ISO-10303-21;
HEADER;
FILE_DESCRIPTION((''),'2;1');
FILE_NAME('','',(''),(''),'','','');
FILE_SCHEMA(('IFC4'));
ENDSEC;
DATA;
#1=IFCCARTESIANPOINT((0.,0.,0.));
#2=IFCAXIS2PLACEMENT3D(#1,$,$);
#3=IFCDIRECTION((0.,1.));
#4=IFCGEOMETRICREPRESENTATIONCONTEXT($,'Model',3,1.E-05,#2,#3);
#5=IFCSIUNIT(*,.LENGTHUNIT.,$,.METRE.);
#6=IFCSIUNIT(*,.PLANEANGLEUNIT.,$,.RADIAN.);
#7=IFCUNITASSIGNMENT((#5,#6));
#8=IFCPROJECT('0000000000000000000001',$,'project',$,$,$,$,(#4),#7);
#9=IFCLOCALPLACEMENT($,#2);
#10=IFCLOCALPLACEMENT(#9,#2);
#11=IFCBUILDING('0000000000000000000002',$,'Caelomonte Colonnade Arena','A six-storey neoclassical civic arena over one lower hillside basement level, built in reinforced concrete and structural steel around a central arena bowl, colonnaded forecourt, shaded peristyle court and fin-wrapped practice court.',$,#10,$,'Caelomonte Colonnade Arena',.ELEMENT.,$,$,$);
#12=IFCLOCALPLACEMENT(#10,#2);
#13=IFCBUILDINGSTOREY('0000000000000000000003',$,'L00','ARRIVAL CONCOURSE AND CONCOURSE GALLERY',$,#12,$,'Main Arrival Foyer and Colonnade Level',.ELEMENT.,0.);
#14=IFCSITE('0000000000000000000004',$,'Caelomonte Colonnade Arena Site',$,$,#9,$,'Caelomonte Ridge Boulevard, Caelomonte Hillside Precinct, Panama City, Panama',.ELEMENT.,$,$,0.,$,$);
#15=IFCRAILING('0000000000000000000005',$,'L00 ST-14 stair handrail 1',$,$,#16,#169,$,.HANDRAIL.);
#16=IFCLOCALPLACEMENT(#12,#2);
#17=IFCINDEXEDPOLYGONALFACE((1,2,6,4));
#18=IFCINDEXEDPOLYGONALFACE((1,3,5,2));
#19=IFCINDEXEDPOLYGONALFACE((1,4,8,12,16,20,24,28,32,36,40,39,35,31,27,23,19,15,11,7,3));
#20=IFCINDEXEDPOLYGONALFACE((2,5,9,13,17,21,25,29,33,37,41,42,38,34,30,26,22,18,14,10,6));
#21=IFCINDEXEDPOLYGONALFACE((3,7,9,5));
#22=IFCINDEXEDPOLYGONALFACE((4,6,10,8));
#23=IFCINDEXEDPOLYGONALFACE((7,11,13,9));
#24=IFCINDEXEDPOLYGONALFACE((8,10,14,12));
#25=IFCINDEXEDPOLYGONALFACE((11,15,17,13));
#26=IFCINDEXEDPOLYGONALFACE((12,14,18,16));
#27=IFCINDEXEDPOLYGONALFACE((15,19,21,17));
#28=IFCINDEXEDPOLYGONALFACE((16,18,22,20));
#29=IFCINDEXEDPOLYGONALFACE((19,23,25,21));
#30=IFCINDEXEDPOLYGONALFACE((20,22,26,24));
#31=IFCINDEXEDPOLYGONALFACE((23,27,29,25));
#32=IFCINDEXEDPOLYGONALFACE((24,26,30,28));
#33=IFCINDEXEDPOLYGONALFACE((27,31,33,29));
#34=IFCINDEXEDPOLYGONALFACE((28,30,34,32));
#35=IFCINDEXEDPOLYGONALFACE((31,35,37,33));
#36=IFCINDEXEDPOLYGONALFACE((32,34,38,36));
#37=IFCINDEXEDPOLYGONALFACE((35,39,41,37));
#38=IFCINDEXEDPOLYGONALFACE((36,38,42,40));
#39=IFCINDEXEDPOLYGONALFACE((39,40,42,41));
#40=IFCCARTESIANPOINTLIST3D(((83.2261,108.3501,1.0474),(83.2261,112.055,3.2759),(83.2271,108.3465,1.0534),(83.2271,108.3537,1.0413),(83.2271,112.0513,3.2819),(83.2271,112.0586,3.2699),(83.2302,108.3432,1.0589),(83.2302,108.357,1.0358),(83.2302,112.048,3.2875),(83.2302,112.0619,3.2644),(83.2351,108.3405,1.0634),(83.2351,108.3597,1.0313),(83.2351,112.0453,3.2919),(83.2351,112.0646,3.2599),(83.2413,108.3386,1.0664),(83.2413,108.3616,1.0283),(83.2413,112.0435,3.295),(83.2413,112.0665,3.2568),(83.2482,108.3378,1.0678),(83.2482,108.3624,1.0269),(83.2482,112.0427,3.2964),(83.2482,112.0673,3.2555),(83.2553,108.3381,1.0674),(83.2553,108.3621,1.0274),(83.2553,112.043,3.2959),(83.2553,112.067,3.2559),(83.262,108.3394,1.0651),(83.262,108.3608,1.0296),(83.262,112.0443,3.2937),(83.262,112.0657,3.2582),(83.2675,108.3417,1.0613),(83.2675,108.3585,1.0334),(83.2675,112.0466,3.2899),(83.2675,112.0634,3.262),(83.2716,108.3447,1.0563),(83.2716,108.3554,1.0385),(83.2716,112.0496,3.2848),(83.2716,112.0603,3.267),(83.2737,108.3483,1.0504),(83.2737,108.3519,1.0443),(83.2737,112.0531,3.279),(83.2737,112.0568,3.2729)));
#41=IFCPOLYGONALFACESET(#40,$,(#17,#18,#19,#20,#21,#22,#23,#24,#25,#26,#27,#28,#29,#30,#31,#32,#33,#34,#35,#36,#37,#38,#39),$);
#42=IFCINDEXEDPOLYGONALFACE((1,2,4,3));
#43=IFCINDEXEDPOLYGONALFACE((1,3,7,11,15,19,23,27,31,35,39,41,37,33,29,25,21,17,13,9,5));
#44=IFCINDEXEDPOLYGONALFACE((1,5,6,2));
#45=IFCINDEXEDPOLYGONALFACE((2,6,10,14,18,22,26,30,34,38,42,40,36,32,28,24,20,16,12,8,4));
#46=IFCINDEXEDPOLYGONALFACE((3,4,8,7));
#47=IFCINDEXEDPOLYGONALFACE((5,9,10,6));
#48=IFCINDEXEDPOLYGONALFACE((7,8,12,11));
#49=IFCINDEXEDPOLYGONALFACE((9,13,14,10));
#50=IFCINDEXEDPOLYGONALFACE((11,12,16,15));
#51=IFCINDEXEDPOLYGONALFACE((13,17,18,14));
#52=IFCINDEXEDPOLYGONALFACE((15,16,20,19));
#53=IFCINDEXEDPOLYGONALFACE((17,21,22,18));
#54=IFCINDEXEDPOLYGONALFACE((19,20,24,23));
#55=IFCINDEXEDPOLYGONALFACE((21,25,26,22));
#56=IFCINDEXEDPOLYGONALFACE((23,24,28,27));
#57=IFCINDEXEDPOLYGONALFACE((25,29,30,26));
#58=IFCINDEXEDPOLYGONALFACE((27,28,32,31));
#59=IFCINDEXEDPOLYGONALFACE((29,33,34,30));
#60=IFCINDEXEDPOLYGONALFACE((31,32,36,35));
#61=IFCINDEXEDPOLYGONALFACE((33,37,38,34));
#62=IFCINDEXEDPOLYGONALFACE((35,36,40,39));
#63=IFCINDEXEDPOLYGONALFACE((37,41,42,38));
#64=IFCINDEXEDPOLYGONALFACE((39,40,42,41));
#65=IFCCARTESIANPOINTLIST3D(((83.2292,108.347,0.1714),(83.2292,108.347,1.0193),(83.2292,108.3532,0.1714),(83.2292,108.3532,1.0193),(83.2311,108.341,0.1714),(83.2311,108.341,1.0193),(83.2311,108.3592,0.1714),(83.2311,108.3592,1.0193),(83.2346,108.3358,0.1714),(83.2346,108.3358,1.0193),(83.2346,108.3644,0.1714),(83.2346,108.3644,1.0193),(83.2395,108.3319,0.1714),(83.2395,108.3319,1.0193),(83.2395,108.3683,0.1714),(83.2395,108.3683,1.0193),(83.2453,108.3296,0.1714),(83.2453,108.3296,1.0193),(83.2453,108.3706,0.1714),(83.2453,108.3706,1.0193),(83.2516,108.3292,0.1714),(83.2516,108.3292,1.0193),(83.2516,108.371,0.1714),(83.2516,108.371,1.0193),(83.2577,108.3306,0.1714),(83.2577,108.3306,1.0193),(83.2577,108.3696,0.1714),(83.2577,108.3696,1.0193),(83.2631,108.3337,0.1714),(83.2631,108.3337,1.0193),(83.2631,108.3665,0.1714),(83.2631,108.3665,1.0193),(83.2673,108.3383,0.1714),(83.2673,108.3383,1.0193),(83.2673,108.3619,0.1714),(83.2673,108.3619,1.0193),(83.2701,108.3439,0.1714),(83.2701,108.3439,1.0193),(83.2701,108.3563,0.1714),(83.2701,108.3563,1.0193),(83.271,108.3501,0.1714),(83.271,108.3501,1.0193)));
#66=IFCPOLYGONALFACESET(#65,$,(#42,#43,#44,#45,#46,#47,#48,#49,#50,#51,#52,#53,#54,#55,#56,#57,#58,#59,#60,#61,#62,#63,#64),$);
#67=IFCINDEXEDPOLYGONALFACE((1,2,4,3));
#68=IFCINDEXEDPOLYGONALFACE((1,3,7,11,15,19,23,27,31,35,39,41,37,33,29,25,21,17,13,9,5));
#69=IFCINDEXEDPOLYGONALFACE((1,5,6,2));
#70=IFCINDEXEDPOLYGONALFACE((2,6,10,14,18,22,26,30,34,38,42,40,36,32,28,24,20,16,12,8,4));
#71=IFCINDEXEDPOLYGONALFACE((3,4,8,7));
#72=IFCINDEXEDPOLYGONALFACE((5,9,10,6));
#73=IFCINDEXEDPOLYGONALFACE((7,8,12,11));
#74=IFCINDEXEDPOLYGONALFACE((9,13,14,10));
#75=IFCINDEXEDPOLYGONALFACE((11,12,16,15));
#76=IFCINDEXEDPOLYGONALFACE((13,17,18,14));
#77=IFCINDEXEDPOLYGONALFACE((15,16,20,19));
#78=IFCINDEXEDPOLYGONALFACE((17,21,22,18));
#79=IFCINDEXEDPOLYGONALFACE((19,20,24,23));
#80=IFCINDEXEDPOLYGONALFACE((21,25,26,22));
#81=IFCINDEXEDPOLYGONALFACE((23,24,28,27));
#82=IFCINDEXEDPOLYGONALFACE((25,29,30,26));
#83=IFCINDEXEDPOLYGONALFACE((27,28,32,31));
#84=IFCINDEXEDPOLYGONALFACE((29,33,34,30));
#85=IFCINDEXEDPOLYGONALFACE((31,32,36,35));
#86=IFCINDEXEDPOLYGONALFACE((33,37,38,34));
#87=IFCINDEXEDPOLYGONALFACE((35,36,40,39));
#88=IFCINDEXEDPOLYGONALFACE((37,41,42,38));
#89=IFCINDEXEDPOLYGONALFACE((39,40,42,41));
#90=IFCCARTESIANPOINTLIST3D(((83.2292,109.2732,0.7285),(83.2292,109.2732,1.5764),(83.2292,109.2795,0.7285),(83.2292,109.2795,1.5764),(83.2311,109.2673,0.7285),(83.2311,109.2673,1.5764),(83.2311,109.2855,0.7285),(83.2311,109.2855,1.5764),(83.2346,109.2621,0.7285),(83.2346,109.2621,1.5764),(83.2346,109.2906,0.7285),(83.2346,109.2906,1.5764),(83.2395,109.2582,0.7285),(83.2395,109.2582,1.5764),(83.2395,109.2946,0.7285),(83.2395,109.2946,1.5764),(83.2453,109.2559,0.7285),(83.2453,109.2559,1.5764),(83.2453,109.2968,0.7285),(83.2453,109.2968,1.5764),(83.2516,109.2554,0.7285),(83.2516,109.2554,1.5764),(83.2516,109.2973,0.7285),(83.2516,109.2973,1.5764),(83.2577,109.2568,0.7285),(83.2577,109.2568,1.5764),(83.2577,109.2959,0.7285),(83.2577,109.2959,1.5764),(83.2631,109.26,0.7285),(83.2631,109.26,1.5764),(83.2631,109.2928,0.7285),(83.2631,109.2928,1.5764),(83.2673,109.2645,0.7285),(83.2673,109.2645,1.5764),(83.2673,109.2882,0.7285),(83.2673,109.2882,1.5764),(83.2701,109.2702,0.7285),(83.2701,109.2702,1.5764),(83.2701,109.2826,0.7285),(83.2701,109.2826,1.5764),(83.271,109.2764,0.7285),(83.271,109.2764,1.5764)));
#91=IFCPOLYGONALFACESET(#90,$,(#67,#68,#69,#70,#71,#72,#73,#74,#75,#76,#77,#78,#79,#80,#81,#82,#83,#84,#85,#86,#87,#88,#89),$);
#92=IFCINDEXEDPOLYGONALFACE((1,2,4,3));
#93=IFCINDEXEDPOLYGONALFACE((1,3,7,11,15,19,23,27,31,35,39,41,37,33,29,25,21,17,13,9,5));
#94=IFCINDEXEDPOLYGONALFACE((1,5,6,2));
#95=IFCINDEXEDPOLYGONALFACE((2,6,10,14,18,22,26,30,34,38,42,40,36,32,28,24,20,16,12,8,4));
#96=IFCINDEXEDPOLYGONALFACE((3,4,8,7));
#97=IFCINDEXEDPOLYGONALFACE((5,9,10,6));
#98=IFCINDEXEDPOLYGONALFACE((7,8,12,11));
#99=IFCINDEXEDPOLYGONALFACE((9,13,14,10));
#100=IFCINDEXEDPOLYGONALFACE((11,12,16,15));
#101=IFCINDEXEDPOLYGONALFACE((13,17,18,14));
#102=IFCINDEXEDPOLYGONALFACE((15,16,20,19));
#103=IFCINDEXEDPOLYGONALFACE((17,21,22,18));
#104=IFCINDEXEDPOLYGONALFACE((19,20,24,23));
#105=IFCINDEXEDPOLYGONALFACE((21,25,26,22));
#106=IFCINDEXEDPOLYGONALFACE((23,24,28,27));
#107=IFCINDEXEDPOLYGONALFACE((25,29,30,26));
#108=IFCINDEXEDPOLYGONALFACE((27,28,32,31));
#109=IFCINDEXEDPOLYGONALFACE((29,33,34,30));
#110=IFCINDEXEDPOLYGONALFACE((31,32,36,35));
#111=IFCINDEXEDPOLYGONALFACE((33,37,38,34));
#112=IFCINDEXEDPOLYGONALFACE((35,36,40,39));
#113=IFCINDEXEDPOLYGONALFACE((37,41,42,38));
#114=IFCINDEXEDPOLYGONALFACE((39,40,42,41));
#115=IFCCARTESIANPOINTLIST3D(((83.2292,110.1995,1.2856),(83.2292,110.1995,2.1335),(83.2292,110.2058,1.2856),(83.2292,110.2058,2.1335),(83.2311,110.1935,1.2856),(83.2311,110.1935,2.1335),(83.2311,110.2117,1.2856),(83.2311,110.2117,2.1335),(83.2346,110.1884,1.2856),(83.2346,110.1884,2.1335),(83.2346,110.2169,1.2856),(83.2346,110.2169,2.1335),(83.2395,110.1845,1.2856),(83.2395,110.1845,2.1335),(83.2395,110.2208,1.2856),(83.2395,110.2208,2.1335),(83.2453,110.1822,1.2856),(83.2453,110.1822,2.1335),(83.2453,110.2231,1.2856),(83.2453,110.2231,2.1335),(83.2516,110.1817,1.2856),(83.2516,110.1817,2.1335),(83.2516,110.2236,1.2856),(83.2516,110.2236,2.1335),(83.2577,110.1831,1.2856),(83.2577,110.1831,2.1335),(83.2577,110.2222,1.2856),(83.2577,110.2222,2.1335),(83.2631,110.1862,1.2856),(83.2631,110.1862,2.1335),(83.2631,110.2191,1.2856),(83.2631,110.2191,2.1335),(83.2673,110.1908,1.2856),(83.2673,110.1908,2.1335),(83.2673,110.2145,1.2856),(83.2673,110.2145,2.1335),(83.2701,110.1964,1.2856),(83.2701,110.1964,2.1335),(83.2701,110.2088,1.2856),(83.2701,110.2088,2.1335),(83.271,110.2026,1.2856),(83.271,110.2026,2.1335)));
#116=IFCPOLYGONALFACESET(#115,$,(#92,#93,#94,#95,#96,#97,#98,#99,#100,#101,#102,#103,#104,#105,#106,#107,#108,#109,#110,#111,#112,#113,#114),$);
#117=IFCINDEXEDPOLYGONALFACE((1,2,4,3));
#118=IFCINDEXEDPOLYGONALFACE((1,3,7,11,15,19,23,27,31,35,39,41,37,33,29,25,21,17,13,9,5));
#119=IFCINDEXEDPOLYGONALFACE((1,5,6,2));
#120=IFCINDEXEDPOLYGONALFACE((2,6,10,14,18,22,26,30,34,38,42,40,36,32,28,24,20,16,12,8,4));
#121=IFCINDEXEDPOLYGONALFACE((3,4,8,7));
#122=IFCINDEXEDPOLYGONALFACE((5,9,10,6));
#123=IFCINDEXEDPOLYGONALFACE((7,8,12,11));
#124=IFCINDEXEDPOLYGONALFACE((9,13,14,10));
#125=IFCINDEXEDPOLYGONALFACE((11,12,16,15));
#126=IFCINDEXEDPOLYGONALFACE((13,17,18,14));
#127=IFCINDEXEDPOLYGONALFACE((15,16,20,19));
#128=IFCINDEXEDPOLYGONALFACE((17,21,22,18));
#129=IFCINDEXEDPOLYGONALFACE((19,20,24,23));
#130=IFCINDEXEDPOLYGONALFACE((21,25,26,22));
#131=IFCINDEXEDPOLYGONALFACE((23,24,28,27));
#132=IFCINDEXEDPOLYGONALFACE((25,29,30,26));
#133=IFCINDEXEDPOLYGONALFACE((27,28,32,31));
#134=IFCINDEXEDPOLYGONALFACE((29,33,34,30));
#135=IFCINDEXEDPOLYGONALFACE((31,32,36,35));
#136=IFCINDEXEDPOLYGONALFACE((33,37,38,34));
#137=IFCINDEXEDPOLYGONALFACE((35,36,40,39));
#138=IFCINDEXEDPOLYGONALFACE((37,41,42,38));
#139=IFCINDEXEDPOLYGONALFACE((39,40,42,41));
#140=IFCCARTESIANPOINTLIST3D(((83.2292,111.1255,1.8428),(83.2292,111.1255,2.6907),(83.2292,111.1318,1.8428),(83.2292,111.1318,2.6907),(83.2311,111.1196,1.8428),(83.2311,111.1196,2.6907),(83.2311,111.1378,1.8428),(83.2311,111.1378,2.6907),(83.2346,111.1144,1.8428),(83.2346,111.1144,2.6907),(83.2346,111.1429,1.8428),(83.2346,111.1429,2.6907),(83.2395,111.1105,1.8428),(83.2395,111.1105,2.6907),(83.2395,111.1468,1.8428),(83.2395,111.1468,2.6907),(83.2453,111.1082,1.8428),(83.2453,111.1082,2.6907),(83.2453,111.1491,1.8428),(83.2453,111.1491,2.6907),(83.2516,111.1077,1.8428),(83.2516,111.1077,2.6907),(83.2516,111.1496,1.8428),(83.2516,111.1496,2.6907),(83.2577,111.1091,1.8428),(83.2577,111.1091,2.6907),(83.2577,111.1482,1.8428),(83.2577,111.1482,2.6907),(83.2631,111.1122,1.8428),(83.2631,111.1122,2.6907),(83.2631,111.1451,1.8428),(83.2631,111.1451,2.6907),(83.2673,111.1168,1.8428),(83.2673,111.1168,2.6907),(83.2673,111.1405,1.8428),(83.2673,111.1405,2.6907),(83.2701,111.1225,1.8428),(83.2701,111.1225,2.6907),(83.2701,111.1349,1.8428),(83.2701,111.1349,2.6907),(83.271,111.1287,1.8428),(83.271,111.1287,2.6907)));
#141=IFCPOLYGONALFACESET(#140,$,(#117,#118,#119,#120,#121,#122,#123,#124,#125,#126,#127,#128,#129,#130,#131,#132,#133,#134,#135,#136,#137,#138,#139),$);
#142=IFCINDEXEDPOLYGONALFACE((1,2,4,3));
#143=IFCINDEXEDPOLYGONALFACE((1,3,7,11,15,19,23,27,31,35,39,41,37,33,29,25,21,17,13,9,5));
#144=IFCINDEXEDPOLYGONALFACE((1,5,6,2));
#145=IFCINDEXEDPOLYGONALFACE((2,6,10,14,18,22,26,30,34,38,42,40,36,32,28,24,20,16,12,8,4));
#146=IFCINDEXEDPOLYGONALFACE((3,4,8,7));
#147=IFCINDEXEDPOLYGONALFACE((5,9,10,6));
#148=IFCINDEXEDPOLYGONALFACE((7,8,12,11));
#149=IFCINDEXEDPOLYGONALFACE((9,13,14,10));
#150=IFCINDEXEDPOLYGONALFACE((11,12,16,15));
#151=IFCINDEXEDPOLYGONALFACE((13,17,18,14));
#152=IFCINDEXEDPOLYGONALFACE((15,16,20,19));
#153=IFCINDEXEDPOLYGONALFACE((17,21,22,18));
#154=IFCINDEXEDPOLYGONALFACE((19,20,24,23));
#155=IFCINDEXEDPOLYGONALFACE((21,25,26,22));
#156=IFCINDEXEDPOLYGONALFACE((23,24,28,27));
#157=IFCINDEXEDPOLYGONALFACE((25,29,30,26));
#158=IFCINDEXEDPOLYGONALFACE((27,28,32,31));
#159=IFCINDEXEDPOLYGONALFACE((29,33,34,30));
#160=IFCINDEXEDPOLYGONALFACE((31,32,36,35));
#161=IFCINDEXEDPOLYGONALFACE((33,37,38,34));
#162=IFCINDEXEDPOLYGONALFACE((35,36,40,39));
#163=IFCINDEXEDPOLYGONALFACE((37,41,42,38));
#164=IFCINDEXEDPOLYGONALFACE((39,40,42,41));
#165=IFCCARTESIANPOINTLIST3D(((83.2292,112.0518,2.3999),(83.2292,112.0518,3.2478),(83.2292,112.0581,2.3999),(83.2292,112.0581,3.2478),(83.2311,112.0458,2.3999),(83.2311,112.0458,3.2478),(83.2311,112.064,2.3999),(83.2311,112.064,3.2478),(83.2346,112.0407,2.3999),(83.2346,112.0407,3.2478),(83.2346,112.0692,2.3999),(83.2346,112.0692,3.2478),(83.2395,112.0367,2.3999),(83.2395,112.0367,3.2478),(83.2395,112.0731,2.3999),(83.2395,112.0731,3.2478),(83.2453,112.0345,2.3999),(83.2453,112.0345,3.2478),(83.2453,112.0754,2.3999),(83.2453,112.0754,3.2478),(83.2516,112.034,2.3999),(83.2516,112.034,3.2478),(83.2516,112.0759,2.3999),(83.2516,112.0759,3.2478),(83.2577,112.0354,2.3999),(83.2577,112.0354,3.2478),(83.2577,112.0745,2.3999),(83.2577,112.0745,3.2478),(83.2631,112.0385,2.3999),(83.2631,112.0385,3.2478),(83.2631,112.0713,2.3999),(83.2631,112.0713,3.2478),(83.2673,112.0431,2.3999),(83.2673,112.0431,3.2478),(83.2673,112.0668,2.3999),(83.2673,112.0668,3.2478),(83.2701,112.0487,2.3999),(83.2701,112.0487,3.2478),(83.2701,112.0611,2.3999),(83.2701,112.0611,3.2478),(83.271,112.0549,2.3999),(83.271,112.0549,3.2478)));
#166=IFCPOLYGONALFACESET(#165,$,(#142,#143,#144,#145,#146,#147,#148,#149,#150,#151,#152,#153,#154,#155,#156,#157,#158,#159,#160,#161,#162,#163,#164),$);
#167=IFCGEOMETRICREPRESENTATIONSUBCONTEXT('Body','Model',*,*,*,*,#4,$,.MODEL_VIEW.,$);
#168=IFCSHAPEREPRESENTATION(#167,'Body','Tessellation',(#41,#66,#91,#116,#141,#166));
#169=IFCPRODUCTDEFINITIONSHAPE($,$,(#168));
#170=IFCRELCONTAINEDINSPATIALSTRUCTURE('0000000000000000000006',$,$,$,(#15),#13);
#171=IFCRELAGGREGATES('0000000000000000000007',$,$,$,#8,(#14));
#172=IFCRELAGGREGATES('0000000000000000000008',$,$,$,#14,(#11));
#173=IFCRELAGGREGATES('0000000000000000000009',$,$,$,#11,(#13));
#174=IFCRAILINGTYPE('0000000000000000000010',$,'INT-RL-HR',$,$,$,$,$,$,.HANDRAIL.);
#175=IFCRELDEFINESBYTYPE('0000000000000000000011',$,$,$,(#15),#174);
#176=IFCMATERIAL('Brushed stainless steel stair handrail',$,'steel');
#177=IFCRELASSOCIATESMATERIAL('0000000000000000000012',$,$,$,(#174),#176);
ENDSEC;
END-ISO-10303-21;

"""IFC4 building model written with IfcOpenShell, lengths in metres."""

from ifc_helpers import new_model, si_unit, direction, frame, origin, origin_2d, place, context, subcontext, project, spatial, circle, extrude, material, type_object, element, save


model = new_model("IFC4")

# Units and contexts
model_context = context("Model", 3, precision=1e-05, world=origin(), true_north=direction((0.0, 1.0)))
body_context = subcontext(model_context, "Body", "Model", "MODEL_VIEW")
ifc_project = project(units=[si_unit("LENGTHUNIT", "METRE"), si_unit("PLANEANGLEUNIT", "RADIAN")], contexts=[model_context])

# Site, building, storey
site_placement = place(None, origin())
site = spatial("IfcSite", under=ifc_project, at=site_placement, Name="Caelomonte Colonnade Arena Site", LongName="Caelomonte Ridge Boulevard, Caelomonte Hillside Precinct, Panama City, Panama", CompositionType="ELEMENT", RefElevation=0.0)
building_placement = place(site_placement, origin())
building = spatial("IfcBuilding", under=site, at=building_placement, Name="Caelomonte Colonnade Arena", Description="A six-storey neoclassical civic arena over one lower hillside basement level, built in reinforced concrete and structural steel around a central arena bowl, colonnaded forecourt, shaded peristyle court and fin-wrapped practice court.", LongName="Caelomonte Colonnade Arena", CompositionType="ELEMENT")
storey_placement = place(building_placement, origin())
storey = spatial("IfcBuildingStorey", under=building, at=storey_placement, Name="L00", Description="ARRIVAL CONCOURSE AND CONCOURSE GALLERY", LongName="Main Arrival Foyer and Colonnade Level", CompositionType="ELEMENT", Elevation=0.0)

# Railing
ifc_material_1 = material(Name="Brushed stainless steel stair handrail", Category="steel")
railing_type_1 = type_object("IfcRailingType", Name="INT-RL-HR", PredefinedType="HANDRAIL", material=ifc_material_1)
railing_1_placement = place(storey_placement, frame((83.25, 108.3501, 0.1714)))
element("IfcRailing", 1, at=railing_1_placement, inside=storey, type_object=railing_type_1, Name="L00 ST-14 stair handrail 1", PredefinedType="HANDRAIL", context=body_context, shape_type="SweptSolid", body=[
    extrude(circle(Radius=0.0239, at=origin_2d()), frame((0.0, 0.0, 0.876), z_axis=(0.0, 0.856919, 0.51545), x_axis=(-1.0, 0.0, 0.0)), (0.0, 0.0, 1.0), 4.3235),
    extrude(circle(Radius=0.021, at=origin_2d()), origin(), (0.0, 0.0, 1.0), 0.8479),
    extrude(circle(Radius=0.021, at=origin_2d()), frame((0.0, 0.9263, 0.5571)), (0.0, 0.0, 1.0), 0.8479),
    extrude(circle(Radius=0.021, at=origin_2d()), frame((0.0, 1.8525, 1.1143)), (0.0, 0.0, 1.0), 0.8479),
    extrude(circle(Radius=0.021, at=origin_2d()), frame((0.0, 2.7786, 1.6714)), (0.0, 0.0, 1.0), 0.8479),
    extrude(circle(Radius=0.021, at=origin_2d()), frame((0.0, 3.7048, 2.2285)), (0.0, 0.0, 1.0), 0.8479),
])

save(model, "model.ifc")
